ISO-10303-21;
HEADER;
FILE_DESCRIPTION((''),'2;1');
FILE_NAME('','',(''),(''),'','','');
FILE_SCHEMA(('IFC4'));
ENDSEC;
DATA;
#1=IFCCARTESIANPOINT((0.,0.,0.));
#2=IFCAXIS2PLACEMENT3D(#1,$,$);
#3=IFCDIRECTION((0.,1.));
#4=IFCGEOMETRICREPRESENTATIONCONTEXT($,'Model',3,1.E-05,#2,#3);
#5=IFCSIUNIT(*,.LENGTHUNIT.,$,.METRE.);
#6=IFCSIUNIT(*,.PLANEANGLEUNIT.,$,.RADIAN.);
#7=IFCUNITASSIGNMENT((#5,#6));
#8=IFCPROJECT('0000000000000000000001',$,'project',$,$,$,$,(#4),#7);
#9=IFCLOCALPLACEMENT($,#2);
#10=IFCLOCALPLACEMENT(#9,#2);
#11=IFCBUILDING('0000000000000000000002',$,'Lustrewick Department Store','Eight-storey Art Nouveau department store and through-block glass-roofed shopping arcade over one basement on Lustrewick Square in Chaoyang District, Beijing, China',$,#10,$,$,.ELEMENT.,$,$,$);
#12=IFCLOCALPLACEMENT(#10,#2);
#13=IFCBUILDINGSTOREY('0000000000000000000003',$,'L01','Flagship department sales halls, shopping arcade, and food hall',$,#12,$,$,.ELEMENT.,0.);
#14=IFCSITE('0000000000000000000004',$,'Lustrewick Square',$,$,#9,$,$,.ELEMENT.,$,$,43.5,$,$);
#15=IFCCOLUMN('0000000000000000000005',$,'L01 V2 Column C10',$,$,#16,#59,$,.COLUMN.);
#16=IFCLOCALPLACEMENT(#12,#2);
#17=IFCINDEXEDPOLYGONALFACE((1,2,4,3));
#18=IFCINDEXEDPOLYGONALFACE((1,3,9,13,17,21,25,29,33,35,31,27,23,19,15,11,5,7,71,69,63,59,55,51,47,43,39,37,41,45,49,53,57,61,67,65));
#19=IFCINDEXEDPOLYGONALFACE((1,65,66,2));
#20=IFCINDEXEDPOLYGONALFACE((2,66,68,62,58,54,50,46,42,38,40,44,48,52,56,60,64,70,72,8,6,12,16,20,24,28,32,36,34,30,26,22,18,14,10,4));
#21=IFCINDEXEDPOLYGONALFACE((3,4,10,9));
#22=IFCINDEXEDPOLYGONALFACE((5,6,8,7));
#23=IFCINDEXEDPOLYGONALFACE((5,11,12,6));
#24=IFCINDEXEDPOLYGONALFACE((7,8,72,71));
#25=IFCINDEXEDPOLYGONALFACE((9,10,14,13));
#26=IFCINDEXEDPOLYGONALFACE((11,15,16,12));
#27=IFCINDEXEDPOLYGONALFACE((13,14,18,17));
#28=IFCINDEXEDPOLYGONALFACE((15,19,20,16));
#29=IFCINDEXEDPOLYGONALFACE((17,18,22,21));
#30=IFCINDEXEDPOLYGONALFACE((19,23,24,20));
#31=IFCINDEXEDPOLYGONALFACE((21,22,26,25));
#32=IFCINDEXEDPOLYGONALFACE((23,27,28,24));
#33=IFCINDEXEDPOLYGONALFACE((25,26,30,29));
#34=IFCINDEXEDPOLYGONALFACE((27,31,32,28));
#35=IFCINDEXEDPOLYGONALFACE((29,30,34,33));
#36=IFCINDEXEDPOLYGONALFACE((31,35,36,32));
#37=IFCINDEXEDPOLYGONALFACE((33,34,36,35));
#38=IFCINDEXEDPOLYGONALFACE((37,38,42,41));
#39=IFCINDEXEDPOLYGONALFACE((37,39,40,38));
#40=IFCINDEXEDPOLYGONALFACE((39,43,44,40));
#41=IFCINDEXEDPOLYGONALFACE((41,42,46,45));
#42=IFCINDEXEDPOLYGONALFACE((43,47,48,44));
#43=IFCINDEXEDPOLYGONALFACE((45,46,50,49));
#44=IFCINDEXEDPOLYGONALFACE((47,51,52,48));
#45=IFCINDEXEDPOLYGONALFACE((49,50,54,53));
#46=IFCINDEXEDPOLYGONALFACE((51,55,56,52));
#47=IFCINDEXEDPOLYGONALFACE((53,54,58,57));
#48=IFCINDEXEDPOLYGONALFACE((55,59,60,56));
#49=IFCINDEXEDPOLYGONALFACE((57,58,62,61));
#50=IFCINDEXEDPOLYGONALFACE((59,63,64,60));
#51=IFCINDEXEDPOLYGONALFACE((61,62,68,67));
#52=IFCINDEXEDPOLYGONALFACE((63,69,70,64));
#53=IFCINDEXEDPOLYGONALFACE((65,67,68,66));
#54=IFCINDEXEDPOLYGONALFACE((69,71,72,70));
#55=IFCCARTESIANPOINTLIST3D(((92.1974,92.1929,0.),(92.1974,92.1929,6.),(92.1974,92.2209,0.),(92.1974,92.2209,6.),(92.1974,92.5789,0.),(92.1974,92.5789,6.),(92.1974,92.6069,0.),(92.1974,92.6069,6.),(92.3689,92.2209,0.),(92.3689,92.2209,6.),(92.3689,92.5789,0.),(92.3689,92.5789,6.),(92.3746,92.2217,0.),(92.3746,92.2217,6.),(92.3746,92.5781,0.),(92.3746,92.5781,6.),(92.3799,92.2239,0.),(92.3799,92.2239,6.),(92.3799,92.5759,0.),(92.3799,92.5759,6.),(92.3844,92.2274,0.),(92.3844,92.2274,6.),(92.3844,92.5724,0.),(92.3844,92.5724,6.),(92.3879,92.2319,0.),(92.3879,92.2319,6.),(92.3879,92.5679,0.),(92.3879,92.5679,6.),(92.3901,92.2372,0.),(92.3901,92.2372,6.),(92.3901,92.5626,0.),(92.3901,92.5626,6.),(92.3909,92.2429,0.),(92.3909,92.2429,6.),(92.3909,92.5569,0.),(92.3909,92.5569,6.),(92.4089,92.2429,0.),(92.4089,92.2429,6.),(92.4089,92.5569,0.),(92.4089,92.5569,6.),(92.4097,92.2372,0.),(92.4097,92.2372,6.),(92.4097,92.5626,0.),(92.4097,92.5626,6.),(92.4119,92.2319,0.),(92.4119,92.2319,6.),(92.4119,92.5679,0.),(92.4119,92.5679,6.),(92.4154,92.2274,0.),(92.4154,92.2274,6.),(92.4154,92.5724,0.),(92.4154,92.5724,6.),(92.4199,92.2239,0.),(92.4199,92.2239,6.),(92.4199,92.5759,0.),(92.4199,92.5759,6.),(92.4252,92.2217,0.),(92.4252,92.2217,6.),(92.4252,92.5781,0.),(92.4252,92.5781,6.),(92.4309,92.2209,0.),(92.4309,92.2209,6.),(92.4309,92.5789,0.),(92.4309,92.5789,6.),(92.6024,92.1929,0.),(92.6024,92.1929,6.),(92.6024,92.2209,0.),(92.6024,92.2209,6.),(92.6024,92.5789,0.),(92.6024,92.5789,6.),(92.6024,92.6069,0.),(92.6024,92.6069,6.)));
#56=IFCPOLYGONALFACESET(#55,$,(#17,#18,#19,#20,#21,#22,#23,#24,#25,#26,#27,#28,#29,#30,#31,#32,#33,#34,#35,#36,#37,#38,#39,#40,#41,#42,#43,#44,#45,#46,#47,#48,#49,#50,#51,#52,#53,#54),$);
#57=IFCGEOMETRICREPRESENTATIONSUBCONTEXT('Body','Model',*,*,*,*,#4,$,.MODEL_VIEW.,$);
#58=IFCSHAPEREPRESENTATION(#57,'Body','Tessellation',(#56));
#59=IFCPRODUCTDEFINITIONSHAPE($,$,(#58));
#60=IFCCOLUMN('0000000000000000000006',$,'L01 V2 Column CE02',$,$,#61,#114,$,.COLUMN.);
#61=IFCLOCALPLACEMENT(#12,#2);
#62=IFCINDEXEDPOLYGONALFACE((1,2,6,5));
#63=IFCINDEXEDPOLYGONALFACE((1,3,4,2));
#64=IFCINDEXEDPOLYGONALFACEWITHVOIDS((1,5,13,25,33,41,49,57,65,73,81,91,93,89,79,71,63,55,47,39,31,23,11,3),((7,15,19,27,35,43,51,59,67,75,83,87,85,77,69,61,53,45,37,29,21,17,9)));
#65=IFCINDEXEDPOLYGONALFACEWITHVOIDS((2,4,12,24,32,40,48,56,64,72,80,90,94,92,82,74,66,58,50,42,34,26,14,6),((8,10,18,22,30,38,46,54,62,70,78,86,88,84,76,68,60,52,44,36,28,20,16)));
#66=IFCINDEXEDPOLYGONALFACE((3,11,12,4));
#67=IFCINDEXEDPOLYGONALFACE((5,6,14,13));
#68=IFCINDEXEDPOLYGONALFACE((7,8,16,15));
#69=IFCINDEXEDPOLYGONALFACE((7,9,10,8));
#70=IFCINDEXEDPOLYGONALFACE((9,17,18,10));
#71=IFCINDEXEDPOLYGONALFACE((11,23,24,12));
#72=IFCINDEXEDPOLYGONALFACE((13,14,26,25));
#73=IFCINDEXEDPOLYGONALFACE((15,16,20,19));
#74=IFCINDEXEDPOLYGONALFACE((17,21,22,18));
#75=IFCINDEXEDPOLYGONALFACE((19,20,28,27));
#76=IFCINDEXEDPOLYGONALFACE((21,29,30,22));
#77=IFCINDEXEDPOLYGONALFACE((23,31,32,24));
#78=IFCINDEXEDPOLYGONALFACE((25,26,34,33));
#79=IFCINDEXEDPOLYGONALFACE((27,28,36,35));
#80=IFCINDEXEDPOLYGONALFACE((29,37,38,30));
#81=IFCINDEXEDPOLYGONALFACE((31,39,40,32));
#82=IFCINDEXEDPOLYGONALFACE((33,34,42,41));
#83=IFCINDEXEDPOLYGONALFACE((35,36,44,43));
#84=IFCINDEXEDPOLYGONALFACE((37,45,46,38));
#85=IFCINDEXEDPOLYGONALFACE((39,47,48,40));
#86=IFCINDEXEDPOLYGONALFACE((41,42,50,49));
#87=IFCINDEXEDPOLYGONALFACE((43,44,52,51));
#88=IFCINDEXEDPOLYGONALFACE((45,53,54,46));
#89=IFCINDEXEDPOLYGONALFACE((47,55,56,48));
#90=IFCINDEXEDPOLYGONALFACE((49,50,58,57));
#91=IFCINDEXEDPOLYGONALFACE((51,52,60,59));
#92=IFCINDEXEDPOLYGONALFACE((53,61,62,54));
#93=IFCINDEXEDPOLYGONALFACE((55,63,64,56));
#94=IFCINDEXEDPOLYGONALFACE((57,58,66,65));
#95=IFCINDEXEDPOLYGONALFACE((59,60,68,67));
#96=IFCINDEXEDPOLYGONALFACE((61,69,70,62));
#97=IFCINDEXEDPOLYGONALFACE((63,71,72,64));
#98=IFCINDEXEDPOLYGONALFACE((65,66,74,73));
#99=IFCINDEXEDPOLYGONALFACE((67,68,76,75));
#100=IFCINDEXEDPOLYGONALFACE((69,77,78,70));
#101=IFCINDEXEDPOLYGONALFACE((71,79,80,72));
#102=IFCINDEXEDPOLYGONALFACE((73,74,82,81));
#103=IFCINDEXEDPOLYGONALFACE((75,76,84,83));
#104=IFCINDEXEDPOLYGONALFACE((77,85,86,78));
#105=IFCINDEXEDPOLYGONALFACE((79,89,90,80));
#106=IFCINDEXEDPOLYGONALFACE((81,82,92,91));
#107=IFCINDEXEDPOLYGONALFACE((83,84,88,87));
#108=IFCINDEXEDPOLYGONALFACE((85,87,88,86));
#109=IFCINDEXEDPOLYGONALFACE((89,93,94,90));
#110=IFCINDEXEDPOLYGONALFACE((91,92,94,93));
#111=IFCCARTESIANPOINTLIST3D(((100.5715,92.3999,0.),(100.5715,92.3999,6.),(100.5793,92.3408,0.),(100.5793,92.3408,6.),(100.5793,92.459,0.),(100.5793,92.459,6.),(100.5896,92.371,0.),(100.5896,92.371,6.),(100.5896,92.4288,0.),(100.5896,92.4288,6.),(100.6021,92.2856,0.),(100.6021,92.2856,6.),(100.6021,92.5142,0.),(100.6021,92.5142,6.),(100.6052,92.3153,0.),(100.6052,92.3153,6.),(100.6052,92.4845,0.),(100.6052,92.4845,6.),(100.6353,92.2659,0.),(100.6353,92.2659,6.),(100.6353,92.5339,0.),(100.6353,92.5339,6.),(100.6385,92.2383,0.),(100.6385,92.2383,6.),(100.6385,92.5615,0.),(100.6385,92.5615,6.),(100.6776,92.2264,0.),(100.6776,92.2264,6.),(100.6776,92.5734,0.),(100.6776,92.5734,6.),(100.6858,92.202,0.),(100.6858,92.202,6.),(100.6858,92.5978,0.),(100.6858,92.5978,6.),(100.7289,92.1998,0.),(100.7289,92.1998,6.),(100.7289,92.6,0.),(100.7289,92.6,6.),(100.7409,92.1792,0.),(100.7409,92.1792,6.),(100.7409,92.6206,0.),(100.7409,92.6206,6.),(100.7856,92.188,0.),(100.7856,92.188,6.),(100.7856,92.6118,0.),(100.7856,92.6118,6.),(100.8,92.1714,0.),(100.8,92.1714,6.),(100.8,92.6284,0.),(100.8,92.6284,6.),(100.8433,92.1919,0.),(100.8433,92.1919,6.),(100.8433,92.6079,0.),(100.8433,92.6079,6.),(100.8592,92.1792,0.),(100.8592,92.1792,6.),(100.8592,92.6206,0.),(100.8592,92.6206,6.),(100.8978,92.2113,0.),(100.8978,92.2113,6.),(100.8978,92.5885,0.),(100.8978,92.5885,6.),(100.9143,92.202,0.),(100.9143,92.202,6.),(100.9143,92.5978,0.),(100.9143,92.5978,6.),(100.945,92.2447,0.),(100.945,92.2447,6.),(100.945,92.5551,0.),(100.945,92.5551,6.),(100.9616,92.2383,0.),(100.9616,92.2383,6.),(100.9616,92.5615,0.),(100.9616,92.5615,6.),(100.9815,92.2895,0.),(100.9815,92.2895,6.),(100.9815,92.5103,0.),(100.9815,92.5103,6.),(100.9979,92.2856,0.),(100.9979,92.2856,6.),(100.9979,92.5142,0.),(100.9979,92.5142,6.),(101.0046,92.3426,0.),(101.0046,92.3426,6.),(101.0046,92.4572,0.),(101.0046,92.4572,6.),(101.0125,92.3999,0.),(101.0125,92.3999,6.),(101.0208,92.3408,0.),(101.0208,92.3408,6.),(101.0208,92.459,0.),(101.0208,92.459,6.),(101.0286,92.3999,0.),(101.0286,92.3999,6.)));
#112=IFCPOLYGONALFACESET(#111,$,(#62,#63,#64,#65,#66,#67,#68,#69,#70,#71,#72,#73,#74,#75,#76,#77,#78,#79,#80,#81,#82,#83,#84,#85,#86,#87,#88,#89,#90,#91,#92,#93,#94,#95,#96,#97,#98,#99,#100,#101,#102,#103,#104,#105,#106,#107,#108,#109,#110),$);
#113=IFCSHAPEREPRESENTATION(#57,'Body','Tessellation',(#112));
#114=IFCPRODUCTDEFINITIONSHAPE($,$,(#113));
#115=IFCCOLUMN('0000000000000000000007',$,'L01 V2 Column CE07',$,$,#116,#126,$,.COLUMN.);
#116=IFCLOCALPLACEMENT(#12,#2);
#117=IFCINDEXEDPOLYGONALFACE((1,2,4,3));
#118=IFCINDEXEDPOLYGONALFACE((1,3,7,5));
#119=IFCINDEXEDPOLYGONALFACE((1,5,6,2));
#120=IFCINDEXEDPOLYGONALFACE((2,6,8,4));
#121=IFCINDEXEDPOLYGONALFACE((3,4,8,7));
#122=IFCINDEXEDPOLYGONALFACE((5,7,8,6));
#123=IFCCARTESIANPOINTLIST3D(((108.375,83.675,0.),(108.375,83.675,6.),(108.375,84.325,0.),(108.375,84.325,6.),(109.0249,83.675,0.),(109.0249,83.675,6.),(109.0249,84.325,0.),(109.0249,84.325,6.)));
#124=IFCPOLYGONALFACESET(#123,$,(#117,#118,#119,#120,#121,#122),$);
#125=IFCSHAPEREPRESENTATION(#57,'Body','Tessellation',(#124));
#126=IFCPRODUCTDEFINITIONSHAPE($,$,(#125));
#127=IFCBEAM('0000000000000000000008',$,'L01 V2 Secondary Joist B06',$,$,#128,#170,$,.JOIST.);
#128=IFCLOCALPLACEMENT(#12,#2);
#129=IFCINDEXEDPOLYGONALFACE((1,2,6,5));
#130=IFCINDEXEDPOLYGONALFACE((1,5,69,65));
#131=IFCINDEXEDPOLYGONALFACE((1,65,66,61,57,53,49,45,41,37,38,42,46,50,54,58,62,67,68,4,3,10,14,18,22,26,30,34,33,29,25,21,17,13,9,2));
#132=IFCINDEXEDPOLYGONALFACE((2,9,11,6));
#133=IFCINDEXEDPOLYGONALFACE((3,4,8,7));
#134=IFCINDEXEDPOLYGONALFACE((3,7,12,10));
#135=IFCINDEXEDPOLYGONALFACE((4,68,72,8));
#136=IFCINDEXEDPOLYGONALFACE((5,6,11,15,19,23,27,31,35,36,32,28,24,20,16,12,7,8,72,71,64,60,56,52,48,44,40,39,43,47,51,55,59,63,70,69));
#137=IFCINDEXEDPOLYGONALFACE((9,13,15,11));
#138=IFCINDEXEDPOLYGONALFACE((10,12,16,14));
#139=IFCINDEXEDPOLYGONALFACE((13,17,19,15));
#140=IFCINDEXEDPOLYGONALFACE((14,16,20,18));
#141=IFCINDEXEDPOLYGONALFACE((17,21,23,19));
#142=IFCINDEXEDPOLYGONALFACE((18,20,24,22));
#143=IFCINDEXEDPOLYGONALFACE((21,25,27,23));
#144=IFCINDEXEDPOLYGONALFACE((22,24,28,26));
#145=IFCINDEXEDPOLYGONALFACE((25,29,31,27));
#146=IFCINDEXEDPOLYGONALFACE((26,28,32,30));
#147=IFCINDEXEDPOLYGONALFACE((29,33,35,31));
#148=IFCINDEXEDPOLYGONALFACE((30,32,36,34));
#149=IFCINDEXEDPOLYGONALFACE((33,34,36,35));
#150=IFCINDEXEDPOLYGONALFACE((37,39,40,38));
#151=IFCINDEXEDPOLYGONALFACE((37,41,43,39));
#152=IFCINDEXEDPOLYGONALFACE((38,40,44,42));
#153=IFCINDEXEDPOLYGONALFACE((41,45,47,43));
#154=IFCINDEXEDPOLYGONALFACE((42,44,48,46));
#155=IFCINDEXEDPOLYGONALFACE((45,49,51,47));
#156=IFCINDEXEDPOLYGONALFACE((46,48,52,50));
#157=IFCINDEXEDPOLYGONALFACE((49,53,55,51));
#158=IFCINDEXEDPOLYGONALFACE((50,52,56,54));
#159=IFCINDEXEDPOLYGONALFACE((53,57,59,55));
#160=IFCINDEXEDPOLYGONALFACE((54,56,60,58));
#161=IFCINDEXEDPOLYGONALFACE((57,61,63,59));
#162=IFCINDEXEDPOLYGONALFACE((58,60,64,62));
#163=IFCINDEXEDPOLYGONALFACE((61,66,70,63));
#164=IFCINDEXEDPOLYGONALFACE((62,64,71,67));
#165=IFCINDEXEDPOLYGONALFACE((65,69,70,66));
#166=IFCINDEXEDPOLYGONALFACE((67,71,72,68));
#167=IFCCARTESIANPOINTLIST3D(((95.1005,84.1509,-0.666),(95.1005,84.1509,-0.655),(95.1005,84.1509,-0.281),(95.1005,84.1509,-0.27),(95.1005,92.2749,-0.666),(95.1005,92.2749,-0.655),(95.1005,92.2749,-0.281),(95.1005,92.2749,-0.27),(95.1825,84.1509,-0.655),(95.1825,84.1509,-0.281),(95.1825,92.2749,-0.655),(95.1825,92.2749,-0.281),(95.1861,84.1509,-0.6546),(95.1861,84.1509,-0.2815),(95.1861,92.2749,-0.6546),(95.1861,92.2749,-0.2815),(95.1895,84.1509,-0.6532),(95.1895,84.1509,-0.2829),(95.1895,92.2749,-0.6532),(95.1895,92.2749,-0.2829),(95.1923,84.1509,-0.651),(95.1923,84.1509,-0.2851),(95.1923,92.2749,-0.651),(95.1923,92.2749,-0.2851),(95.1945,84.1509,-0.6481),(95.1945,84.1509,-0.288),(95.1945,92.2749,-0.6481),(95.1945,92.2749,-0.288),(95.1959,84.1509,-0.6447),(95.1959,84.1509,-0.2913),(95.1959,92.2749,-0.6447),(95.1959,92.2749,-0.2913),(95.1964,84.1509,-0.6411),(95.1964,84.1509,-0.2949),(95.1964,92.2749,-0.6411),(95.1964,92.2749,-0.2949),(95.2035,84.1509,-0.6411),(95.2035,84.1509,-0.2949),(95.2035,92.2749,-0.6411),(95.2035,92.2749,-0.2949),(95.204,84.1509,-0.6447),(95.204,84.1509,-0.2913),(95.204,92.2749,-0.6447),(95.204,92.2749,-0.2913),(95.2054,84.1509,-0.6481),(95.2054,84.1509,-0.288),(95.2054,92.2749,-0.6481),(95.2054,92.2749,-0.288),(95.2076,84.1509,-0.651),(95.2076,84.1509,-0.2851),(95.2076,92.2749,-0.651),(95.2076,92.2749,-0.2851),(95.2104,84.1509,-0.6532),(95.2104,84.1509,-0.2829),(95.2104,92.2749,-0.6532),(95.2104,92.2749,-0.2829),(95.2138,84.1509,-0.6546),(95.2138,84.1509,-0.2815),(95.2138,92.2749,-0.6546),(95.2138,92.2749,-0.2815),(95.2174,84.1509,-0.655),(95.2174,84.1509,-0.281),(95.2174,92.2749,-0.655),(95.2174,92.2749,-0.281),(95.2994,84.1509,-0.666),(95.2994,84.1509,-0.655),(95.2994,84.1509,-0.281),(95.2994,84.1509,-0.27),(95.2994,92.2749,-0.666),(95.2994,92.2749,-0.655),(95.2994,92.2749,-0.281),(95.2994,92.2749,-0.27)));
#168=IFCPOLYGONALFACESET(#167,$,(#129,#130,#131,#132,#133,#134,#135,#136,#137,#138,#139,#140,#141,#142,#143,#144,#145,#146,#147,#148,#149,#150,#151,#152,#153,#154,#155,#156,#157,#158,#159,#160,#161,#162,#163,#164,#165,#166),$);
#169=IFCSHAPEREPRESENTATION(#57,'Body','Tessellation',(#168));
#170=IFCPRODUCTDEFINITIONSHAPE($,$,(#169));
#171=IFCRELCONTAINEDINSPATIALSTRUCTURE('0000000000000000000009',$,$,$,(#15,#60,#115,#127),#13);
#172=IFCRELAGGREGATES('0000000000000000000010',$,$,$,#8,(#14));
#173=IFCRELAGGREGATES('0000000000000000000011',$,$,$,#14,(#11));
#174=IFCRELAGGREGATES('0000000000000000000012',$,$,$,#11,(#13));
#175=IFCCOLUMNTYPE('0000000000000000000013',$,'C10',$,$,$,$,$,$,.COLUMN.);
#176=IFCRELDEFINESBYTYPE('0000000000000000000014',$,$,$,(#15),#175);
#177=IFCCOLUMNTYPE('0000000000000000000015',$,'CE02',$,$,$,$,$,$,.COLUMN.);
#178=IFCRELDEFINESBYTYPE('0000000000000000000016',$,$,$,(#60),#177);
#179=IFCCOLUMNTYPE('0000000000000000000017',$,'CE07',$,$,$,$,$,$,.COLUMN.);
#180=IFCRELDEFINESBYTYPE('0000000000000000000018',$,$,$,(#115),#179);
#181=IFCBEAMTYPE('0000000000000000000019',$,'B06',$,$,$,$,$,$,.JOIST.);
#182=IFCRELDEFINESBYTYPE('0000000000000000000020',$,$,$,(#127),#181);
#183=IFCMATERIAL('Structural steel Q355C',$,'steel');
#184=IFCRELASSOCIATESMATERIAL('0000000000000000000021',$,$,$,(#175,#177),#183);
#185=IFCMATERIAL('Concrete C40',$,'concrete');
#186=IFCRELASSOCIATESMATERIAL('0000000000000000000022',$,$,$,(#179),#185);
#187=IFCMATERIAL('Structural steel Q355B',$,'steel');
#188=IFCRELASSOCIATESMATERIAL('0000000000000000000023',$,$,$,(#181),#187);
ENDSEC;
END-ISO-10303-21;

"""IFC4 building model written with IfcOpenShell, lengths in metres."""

from ifc_helpers import new_model, si_unit, direction, frame, origin, origin_2d, place, context, subcontext, project, spatial, rectangle, hollow_circle, i_section, extrude, material, material_profile, profile_set, type_object, element, save


model = new_model("IFC4")

# Units and contexts
model_context = context("Model", 3, precision=1e-05, world=origin(), true_north=direction((0.0, 1.0)))
body_context = subcontext(model_context, "Body", "Model", "MODEL_VIEW")
ifc_project = project(units=[si_unit("LENGTHUNIT", "METRE"), si_unit("PLANEANGLEUNIT", "RADIAN")], contexts=[model_context])

# Site, building, storey
site_placement = place(None, origin())
site = spatial("IfcSite", under=ifc_project, at=site_placement, Name="Lustrewick Square", CompositionType="ELEMENT", RefElevation=43.5)
building_placement = place(site_placement, origin())
building = spatial("IfcBuilding", under=site, at=building_placement, Name="Lustrewick Department Store", Description="Eight-storey Art Nouveau department store and through-block glass-roofed shopping arcade over one basement on Lustrewick Square in Chaoyang District, Beijing, China", CompositionType="ELEMENT")
storey_placement = place(building_placement, origin())
storey = spatial("IfcBuildingStorey", under=building, at=storey_placement, Name="L01", Description="Flagship department sales halls, shopping arcade, and food hall", CompositionType="ELEMENT", Elevation=0.0)

# Columns
ifc_material_1 = material(Name="Structural steel Q355C", Category="steel")
ifc_material_profile_1 = material_profile(ifc_material_1, i_section(OverallWidth=0.405, OverallDepth=0.4141, WebThickness=0.0181, FlangeThickness=0.0281, FilletRadius=0.022, at=origin_2d()), Name="HW 414x405x18x28")
ifc_profile_set_1 = profile_set([ifc_material_profile_1], Name="Structural steel Q355C")
column_type_1 = type_object("IfcColumnType", Name="C10", PredefinedType="COLUMN", material=ifc_profile_set_1)
column_1_placement = place(storey_placement, frame((92.3999, 92.3999, 0.0), z_axis=(0.0, 0.0, 1.0), x_axis=(1.0, 0.0, 0.0)))
element("IfcColumn", 1, at=column_1_placement, inside=storey, type_object=column_type_1, Name="L01 V2 Column C10", PredefinedType="COLUMN", context=body_context, shape_type="SweptSolid", body=[
    extrude(i_section(OverallWidth=0.405, OverallDepth=0.4141, WebThickness=0.0181, FlangeThickness=0.0281, FilletRadius=0.022, at=origin_2d()), origin(), (0.0, 0.0, 1.0), 6.0),
])
ifc_material_profile_2 = material_profile(ifc_material_1, hollow_circle(Radius=0.2285, WallThickness=0.0161, at=origin_2d()), Name="CHS 457x16")
ifc_profile_set_2 = profile_set([ifc_material_profile_2], Name="Structural steel Q355C")
column_type_2 = type_object("IfcColumnType", Name="CE02", PredefinedType="COLUMN", material=ifc_profile_set_2)
column_2_placement = place(storey_placement, frame((100.8, 92.3999, 0.0), z_axis=(0.0, 0.0, 1.0), x_axis=(1.0, 0.0, 0.0)))
element("IfcColumn", 2, at=column_2_placement, inside=storey, type_object=column_type_2, Name="L01 V2 Column CE02", PredefinedType="COLUMN", context=body_context, shape_type="SweptSolid", body=[
    extrude(hollow_circle(Radius=0.2285, WallThickness=0.0161, at=origin_2d()), origin(), (0.0, 0.0, 1.0), 6.0),
])
ifc_material_2 = material(Name="Concrete C40", Category="concrete")
ifc_material_profile_3 = material_profile(ifc_material_2, rectangle(XDim=0.6499, YDim=0.6499, at=origin_2d()), Name="RC 650x650")
ifc_profile_set_3 = profile_set([ifc_material_profile_3], Name="Concrete C40")
column_type_3 = type_object("IfcColumnType", Name="CE07", PredefinedType="COLUMN", material=ifc_profile_set_3)
column_3_placement = place(storey_placement, frame((108.7, 84.0, 0.0), z_axis=(0.0, 0.0, 1.0), x_axis=(1.0, 0.0, 0.0)))
element("IfcColumn", 3, at=column_3_placement, inside=storey, type_object=column_type_3, Name="L01 V2 Column CE07", PredefinedType="COLUMN", context=body_context, shape_type="SweptSolid", body=[
    extrude(rectangle(XDim=0.6499, YDim=0.6499, at=origin_2d()), origin(), (0.0, 0.0, 1.0), 6.0),
])

# Beam
ifc_material_3 = material(Name="Structural steel Q355B", Category="steel")
ifc_material_profile_4 = material_profile(ifc_material_3, i_section(OverallWidth=0.199, OverallDepth=0.396, WebThickness=0.0071, FlangeThickness=0.011, FilletRadius=0.0139, at=origin_2d()), Name="HN 396x199x7x11")
ifc_profile_set_4 = profile_set([ifc_material_profile_4], Name="Structural steel Q355B")
beam_type_1 = type_object("IfcBeamType", Name="B06", PredefinedType="JOIST", material=ifc_profile_set_4)
beam_1_placement = place(storey_placement, frame((95.2, 84.1509, -0.468), z_axis=(0.0, 1.0, 0.0), x_axis=(-1.0, 0.0, 0.0)))
element("IfcBeam", 4, at=beam_1_placement, inside=storey, type_object=beam_type_1, Name="L01 V2 Secondary Joist B06", PredefinedType="JOIST", context=body_context, shape_type="SweptSolid", body=[
    extrude(i_section(OverallWidth=0.199, OverallDepth=0.396, WebThickness=0.0071, FlangeThickness=0.011, FilletRadius=0.0139, at=origin_2d()), origin(), (0.0, 0.0, 1.0), 8.124),
])

save(model, "model.ifc")
